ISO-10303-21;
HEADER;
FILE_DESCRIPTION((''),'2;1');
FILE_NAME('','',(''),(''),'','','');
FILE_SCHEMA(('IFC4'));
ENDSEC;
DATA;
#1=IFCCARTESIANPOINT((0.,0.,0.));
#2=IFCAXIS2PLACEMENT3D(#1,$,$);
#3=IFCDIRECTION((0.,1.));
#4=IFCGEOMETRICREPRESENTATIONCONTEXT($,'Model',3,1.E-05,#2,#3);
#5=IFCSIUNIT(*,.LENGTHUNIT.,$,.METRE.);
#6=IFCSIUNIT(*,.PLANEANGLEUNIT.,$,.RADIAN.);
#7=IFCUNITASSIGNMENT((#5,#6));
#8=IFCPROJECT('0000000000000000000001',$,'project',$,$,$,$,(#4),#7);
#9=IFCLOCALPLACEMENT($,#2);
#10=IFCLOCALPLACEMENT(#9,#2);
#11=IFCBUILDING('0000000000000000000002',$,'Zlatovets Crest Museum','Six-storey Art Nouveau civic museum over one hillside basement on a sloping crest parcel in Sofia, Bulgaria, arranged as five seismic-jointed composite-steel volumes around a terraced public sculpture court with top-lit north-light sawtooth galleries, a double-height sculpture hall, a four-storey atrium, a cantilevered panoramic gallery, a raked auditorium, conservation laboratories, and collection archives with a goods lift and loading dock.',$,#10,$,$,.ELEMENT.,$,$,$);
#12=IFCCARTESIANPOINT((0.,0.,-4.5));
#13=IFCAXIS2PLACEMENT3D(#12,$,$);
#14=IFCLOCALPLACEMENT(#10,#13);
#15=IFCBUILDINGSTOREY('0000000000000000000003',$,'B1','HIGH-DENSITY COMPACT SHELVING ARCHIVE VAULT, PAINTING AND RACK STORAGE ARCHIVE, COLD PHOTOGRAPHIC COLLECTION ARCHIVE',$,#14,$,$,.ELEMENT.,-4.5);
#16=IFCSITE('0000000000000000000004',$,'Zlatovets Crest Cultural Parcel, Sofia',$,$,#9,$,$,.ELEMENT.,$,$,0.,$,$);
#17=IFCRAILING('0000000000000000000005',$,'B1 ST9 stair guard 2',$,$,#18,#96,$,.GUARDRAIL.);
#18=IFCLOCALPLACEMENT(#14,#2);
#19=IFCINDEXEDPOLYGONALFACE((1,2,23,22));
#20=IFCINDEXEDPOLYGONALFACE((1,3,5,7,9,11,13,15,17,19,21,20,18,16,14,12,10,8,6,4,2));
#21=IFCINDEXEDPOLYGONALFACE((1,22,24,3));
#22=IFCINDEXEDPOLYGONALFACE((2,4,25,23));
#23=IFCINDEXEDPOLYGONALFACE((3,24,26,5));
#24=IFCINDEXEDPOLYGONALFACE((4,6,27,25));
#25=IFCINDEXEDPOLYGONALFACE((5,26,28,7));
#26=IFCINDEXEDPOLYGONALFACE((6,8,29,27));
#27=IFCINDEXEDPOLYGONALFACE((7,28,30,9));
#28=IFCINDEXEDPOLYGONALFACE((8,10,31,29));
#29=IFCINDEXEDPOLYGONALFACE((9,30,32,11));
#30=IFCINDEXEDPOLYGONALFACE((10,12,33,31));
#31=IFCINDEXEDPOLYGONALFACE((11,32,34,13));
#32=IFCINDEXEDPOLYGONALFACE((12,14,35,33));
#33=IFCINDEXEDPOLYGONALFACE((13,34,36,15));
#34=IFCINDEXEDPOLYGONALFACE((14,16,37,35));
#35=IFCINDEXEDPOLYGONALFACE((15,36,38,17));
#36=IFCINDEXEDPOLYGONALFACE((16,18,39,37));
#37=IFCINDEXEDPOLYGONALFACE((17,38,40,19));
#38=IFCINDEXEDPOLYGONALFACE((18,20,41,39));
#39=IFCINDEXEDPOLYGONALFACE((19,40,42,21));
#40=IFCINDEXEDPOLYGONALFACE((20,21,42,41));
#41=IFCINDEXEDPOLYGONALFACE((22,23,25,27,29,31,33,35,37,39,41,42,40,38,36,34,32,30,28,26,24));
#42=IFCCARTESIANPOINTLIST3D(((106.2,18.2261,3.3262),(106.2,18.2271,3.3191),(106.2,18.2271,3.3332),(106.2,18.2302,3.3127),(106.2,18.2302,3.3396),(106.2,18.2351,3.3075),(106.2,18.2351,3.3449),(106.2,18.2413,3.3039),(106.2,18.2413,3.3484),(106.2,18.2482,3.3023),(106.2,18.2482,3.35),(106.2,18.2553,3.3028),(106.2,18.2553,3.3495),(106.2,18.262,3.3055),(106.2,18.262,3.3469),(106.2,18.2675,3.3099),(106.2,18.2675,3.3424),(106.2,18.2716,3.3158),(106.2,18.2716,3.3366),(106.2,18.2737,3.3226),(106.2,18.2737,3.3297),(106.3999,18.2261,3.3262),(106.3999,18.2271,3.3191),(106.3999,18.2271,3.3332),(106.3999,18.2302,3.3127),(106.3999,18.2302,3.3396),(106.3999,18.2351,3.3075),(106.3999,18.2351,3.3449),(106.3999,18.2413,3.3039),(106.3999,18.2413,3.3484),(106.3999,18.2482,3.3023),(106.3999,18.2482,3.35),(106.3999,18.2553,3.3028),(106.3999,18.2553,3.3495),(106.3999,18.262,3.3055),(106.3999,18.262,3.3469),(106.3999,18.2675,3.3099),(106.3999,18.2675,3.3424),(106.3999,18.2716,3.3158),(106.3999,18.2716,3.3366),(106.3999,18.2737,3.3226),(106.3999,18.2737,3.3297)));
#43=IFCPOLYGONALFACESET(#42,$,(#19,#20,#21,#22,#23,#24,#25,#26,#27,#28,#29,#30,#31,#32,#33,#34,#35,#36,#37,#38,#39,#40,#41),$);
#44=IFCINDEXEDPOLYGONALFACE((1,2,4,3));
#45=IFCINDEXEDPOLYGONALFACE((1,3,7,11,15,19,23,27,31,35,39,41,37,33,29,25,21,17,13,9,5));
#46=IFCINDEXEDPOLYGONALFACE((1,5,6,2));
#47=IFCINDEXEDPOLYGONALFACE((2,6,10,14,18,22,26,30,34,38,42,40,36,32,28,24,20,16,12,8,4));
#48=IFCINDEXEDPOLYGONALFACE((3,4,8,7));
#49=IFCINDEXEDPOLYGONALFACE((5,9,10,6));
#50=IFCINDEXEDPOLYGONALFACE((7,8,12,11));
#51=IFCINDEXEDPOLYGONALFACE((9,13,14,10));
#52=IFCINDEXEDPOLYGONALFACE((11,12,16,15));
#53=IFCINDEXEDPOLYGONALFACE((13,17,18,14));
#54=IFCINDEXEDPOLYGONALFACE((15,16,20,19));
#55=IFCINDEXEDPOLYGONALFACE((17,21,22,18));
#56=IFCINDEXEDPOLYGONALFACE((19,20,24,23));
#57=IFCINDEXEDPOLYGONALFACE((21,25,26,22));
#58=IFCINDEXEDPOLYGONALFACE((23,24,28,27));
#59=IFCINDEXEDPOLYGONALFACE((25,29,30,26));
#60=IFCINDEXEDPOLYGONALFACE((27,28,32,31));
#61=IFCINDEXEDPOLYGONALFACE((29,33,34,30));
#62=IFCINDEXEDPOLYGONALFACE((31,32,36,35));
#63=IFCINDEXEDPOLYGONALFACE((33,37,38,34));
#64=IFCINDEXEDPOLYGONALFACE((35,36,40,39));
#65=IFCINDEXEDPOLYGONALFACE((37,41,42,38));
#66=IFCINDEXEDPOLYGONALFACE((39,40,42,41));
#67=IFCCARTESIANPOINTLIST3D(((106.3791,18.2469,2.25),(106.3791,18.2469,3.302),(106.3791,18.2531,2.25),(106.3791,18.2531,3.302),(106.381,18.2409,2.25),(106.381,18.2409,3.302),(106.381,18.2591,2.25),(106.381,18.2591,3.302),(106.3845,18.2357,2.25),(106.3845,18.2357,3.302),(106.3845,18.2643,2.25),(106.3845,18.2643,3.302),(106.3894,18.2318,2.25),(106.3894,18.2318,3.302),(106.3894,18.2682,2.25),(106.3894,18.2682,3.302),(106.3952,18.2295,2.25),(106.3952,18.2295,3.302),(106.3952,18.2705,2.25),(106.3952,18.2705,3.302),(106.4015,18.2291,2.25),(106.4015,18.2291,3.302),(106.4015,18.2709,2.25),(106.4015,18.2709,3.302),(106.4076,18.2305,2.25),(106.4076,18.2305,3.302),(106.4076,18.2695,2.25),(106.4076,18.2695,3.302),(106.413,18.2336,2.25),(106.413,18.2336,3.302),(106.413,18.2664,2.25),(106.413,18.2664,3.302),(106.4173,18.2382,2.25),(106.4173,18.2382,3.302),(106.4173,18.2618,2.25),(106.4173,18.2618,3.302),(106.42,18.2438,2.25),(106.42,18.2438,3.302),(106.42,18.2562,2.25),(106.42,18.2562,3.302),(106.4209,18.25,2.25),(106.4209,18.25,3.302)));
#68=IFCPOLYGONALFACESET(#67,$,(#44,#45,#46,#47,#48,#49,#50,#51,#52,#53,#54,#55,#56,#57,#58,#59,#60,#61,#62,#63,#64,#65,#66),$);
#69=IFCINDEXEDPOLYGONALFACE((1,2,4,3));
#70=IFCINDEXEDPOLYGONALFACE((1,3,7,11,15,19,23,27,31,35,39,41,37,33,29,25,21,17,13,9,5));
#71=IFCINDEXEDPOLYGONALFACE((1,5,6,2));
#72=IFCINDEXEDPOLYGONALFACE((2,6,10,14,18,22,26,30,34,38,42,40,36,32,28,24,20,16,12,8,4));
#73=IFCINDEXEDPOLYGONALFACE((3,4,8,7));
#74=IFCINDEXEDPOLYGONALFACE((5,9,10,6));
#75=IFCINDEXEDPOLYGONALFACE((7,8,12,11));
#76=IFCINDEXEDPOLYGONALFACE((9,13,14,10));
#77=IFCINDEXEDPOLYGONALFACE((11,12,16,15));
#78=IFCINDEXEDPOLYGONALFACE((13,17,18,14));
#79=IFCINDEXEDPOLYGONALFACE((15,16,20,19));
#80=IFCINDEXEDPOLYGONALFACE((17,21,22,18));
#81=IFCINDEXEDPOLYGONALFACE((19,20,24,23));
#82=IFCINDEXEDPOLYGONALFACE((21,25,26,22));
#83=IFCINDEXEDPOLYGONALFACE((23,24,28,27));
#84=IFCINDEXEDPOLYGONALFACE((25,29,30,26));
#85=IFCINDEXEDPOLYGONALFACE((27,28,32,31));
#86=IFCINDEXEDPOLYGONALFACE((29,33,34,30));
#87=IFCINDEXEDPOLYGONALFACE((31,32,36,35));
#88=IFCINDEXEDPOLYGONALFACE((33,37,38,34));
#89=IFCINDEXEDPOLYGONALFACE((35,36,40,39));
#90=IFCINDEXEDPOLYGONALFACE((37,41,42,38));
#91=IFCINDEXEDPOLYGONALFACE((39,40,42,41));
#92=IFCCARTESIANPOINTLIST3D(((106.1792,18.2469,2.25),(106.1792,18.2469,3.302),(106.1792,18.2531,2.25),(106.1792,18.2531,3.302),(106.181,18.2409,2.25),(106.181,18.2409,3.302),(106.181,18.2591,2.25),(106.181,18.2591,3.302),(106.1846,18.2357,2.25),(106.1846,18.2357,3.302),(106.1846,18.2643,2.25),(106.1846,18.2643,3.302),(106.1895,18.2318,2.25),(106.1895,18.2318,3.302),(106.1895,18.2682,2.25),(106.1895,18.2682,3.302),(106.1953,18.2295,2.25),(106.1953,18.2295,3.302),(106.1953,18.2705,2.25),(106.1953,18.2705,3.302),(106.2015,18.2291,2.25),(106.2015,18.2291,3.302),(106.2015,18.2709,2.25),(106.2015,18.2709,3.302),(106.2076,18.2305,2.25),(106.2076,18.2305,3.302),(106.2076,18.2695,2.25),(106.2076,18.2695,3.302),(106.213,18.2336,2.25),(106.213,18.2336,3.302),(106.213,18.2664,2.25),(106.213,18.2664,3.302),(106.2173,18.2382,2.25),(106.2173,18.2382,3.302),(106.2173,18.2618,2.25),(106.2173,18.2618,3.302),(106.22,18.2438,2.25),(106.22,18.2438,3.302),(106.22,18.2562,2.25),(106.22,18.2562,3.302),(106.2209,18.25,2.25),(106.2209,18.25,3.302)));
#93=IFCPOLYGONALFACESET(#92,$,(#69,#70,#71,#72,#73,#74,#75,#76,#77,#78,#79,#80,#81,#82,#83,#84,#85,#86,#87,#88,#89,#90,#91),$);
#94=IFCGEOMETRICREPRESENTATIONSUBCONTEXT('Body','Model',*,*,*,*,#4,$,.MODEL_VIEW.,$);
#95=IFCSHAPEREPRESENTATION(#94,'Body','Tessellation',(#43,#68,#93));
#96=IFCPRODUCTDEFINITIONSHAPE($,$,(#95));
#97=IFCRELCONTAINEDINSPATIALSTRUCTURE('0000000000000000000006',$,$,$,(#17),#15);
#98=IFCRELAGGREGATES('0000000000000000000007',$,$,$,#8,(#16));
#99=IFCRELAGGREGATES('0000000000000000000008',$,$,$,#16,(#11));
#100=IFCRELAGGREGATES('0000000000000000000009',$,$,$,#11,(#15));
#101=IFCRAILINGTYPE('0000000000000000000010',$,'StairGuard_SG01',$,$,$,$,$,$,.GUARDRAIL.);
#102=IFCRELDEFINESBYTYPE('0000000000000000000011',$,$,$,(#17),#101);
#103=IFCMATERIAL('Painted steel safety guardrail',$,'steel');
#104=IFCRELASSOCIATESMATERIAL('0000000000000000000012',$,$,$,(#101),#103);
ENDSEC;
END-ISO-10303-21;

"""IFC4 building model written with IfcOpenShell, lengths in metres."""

from ifc_helpers import new_model, si_unit, direction, frame, origin, origin_2d, place, context, subcontext, project, spatial, circle, extrude, material, type_object, element, save


model = new_model("IFC4")

# Units and contexts
model_context = context("Model", 3, precision=1e-05, world=origin(), true_north=direction((0.0, 1.0)))
body_context = subcontext(model_context, "Body", "Model", "MODEL_VIEW")
ifc_project = project(units=[si_unit("LENGTHUNIT", "METRE"), si_unit("PLANEANGLEUNIT", "RADIAN")], contexts=[model_context])

# Site, building, storey
site_placement = place(None, origin())
site = spatial("IfcSite", under=ifc_project, at=site_placement, Name="Zlatovets Crest Cultural Parcel, Sofia", CompositionType="ELEMENT", RefElevation=0.0)
building_placement = place(site_placement, origin())
building = spatial("IfcBuilding", under=site, at=building_placement, Name="Zlatovets Crest Museum", Description="Six-storey Art Nouveau civic museum over one hillside basement on a sloping crest parcel in Sofia, Bulgaria, arranged as five seismic-jointed composite-steel volumes around a terraced public sculpture court with top-lit north-light sawtooth galleries, a double-height sculpture hall, a four-storey atrium, a cantilevered panoramic gallery, a raked auditorium, conservation laboratories, and collection archives with a goods lift and loading dock.", CompositionType="ELEMENT")
storey_placement = place(building_placement, frame((0.0, 0.0, -4.5)))
storey = spatial("IfcBuildingStorey", under=building, at=storey_placement, Name="B1", Description="HIGH-DENSITY COMPACT SHELVING ARCHIVE VAULT, PAINTING AND RACK STORAGE ARCHIVE, COLD PHOTOGRAPHIC COLLECTION ARCHIVE", CompositionType="ELEMENT", Elevation=-4.5)

# Railing
ifc_material_1 = material(Name="Painted steel safety guardrail", Category="steel")
railing_type_1 = type_object("IfcRailingType", Name="StairGuard_SG01", PredefinedType="GUARDRAIL", material=ifc_material_1)
railing_1_placement = place(storey_placement, frame((106.3999, 18.25, 2.25)))
element("IfcRailing", 1, at=railing_1_placement, inside=storey, type_object=railing_type_1, Name="B1 ST9 stair guard 2", PredefinedType="GUARDRAIL", context=body_context, shape_type="SweptSolid", body=[
    extrude(circle(Radius=0.0239, at=origin_2d()), frame((0.0, 0.0, 1.0762), z_axis=(-1.0, 0.0, 0.0), x_axis=(0.0, -1.0, 0.0)), (0.0, 0.0, 1.0), 0.2),
    extrude(circle(Radius=0.021, at=origin_2d()), origin(), (0.0, 0.0, 1.0), 1.052),
    extrude(circle(Radius=0.021, at=origin_2d()), frame((-0.2, 0.0, 0.0)), (0.0, 0.0, 1.0), 1.052),
])

save(model, "model.ifc")
